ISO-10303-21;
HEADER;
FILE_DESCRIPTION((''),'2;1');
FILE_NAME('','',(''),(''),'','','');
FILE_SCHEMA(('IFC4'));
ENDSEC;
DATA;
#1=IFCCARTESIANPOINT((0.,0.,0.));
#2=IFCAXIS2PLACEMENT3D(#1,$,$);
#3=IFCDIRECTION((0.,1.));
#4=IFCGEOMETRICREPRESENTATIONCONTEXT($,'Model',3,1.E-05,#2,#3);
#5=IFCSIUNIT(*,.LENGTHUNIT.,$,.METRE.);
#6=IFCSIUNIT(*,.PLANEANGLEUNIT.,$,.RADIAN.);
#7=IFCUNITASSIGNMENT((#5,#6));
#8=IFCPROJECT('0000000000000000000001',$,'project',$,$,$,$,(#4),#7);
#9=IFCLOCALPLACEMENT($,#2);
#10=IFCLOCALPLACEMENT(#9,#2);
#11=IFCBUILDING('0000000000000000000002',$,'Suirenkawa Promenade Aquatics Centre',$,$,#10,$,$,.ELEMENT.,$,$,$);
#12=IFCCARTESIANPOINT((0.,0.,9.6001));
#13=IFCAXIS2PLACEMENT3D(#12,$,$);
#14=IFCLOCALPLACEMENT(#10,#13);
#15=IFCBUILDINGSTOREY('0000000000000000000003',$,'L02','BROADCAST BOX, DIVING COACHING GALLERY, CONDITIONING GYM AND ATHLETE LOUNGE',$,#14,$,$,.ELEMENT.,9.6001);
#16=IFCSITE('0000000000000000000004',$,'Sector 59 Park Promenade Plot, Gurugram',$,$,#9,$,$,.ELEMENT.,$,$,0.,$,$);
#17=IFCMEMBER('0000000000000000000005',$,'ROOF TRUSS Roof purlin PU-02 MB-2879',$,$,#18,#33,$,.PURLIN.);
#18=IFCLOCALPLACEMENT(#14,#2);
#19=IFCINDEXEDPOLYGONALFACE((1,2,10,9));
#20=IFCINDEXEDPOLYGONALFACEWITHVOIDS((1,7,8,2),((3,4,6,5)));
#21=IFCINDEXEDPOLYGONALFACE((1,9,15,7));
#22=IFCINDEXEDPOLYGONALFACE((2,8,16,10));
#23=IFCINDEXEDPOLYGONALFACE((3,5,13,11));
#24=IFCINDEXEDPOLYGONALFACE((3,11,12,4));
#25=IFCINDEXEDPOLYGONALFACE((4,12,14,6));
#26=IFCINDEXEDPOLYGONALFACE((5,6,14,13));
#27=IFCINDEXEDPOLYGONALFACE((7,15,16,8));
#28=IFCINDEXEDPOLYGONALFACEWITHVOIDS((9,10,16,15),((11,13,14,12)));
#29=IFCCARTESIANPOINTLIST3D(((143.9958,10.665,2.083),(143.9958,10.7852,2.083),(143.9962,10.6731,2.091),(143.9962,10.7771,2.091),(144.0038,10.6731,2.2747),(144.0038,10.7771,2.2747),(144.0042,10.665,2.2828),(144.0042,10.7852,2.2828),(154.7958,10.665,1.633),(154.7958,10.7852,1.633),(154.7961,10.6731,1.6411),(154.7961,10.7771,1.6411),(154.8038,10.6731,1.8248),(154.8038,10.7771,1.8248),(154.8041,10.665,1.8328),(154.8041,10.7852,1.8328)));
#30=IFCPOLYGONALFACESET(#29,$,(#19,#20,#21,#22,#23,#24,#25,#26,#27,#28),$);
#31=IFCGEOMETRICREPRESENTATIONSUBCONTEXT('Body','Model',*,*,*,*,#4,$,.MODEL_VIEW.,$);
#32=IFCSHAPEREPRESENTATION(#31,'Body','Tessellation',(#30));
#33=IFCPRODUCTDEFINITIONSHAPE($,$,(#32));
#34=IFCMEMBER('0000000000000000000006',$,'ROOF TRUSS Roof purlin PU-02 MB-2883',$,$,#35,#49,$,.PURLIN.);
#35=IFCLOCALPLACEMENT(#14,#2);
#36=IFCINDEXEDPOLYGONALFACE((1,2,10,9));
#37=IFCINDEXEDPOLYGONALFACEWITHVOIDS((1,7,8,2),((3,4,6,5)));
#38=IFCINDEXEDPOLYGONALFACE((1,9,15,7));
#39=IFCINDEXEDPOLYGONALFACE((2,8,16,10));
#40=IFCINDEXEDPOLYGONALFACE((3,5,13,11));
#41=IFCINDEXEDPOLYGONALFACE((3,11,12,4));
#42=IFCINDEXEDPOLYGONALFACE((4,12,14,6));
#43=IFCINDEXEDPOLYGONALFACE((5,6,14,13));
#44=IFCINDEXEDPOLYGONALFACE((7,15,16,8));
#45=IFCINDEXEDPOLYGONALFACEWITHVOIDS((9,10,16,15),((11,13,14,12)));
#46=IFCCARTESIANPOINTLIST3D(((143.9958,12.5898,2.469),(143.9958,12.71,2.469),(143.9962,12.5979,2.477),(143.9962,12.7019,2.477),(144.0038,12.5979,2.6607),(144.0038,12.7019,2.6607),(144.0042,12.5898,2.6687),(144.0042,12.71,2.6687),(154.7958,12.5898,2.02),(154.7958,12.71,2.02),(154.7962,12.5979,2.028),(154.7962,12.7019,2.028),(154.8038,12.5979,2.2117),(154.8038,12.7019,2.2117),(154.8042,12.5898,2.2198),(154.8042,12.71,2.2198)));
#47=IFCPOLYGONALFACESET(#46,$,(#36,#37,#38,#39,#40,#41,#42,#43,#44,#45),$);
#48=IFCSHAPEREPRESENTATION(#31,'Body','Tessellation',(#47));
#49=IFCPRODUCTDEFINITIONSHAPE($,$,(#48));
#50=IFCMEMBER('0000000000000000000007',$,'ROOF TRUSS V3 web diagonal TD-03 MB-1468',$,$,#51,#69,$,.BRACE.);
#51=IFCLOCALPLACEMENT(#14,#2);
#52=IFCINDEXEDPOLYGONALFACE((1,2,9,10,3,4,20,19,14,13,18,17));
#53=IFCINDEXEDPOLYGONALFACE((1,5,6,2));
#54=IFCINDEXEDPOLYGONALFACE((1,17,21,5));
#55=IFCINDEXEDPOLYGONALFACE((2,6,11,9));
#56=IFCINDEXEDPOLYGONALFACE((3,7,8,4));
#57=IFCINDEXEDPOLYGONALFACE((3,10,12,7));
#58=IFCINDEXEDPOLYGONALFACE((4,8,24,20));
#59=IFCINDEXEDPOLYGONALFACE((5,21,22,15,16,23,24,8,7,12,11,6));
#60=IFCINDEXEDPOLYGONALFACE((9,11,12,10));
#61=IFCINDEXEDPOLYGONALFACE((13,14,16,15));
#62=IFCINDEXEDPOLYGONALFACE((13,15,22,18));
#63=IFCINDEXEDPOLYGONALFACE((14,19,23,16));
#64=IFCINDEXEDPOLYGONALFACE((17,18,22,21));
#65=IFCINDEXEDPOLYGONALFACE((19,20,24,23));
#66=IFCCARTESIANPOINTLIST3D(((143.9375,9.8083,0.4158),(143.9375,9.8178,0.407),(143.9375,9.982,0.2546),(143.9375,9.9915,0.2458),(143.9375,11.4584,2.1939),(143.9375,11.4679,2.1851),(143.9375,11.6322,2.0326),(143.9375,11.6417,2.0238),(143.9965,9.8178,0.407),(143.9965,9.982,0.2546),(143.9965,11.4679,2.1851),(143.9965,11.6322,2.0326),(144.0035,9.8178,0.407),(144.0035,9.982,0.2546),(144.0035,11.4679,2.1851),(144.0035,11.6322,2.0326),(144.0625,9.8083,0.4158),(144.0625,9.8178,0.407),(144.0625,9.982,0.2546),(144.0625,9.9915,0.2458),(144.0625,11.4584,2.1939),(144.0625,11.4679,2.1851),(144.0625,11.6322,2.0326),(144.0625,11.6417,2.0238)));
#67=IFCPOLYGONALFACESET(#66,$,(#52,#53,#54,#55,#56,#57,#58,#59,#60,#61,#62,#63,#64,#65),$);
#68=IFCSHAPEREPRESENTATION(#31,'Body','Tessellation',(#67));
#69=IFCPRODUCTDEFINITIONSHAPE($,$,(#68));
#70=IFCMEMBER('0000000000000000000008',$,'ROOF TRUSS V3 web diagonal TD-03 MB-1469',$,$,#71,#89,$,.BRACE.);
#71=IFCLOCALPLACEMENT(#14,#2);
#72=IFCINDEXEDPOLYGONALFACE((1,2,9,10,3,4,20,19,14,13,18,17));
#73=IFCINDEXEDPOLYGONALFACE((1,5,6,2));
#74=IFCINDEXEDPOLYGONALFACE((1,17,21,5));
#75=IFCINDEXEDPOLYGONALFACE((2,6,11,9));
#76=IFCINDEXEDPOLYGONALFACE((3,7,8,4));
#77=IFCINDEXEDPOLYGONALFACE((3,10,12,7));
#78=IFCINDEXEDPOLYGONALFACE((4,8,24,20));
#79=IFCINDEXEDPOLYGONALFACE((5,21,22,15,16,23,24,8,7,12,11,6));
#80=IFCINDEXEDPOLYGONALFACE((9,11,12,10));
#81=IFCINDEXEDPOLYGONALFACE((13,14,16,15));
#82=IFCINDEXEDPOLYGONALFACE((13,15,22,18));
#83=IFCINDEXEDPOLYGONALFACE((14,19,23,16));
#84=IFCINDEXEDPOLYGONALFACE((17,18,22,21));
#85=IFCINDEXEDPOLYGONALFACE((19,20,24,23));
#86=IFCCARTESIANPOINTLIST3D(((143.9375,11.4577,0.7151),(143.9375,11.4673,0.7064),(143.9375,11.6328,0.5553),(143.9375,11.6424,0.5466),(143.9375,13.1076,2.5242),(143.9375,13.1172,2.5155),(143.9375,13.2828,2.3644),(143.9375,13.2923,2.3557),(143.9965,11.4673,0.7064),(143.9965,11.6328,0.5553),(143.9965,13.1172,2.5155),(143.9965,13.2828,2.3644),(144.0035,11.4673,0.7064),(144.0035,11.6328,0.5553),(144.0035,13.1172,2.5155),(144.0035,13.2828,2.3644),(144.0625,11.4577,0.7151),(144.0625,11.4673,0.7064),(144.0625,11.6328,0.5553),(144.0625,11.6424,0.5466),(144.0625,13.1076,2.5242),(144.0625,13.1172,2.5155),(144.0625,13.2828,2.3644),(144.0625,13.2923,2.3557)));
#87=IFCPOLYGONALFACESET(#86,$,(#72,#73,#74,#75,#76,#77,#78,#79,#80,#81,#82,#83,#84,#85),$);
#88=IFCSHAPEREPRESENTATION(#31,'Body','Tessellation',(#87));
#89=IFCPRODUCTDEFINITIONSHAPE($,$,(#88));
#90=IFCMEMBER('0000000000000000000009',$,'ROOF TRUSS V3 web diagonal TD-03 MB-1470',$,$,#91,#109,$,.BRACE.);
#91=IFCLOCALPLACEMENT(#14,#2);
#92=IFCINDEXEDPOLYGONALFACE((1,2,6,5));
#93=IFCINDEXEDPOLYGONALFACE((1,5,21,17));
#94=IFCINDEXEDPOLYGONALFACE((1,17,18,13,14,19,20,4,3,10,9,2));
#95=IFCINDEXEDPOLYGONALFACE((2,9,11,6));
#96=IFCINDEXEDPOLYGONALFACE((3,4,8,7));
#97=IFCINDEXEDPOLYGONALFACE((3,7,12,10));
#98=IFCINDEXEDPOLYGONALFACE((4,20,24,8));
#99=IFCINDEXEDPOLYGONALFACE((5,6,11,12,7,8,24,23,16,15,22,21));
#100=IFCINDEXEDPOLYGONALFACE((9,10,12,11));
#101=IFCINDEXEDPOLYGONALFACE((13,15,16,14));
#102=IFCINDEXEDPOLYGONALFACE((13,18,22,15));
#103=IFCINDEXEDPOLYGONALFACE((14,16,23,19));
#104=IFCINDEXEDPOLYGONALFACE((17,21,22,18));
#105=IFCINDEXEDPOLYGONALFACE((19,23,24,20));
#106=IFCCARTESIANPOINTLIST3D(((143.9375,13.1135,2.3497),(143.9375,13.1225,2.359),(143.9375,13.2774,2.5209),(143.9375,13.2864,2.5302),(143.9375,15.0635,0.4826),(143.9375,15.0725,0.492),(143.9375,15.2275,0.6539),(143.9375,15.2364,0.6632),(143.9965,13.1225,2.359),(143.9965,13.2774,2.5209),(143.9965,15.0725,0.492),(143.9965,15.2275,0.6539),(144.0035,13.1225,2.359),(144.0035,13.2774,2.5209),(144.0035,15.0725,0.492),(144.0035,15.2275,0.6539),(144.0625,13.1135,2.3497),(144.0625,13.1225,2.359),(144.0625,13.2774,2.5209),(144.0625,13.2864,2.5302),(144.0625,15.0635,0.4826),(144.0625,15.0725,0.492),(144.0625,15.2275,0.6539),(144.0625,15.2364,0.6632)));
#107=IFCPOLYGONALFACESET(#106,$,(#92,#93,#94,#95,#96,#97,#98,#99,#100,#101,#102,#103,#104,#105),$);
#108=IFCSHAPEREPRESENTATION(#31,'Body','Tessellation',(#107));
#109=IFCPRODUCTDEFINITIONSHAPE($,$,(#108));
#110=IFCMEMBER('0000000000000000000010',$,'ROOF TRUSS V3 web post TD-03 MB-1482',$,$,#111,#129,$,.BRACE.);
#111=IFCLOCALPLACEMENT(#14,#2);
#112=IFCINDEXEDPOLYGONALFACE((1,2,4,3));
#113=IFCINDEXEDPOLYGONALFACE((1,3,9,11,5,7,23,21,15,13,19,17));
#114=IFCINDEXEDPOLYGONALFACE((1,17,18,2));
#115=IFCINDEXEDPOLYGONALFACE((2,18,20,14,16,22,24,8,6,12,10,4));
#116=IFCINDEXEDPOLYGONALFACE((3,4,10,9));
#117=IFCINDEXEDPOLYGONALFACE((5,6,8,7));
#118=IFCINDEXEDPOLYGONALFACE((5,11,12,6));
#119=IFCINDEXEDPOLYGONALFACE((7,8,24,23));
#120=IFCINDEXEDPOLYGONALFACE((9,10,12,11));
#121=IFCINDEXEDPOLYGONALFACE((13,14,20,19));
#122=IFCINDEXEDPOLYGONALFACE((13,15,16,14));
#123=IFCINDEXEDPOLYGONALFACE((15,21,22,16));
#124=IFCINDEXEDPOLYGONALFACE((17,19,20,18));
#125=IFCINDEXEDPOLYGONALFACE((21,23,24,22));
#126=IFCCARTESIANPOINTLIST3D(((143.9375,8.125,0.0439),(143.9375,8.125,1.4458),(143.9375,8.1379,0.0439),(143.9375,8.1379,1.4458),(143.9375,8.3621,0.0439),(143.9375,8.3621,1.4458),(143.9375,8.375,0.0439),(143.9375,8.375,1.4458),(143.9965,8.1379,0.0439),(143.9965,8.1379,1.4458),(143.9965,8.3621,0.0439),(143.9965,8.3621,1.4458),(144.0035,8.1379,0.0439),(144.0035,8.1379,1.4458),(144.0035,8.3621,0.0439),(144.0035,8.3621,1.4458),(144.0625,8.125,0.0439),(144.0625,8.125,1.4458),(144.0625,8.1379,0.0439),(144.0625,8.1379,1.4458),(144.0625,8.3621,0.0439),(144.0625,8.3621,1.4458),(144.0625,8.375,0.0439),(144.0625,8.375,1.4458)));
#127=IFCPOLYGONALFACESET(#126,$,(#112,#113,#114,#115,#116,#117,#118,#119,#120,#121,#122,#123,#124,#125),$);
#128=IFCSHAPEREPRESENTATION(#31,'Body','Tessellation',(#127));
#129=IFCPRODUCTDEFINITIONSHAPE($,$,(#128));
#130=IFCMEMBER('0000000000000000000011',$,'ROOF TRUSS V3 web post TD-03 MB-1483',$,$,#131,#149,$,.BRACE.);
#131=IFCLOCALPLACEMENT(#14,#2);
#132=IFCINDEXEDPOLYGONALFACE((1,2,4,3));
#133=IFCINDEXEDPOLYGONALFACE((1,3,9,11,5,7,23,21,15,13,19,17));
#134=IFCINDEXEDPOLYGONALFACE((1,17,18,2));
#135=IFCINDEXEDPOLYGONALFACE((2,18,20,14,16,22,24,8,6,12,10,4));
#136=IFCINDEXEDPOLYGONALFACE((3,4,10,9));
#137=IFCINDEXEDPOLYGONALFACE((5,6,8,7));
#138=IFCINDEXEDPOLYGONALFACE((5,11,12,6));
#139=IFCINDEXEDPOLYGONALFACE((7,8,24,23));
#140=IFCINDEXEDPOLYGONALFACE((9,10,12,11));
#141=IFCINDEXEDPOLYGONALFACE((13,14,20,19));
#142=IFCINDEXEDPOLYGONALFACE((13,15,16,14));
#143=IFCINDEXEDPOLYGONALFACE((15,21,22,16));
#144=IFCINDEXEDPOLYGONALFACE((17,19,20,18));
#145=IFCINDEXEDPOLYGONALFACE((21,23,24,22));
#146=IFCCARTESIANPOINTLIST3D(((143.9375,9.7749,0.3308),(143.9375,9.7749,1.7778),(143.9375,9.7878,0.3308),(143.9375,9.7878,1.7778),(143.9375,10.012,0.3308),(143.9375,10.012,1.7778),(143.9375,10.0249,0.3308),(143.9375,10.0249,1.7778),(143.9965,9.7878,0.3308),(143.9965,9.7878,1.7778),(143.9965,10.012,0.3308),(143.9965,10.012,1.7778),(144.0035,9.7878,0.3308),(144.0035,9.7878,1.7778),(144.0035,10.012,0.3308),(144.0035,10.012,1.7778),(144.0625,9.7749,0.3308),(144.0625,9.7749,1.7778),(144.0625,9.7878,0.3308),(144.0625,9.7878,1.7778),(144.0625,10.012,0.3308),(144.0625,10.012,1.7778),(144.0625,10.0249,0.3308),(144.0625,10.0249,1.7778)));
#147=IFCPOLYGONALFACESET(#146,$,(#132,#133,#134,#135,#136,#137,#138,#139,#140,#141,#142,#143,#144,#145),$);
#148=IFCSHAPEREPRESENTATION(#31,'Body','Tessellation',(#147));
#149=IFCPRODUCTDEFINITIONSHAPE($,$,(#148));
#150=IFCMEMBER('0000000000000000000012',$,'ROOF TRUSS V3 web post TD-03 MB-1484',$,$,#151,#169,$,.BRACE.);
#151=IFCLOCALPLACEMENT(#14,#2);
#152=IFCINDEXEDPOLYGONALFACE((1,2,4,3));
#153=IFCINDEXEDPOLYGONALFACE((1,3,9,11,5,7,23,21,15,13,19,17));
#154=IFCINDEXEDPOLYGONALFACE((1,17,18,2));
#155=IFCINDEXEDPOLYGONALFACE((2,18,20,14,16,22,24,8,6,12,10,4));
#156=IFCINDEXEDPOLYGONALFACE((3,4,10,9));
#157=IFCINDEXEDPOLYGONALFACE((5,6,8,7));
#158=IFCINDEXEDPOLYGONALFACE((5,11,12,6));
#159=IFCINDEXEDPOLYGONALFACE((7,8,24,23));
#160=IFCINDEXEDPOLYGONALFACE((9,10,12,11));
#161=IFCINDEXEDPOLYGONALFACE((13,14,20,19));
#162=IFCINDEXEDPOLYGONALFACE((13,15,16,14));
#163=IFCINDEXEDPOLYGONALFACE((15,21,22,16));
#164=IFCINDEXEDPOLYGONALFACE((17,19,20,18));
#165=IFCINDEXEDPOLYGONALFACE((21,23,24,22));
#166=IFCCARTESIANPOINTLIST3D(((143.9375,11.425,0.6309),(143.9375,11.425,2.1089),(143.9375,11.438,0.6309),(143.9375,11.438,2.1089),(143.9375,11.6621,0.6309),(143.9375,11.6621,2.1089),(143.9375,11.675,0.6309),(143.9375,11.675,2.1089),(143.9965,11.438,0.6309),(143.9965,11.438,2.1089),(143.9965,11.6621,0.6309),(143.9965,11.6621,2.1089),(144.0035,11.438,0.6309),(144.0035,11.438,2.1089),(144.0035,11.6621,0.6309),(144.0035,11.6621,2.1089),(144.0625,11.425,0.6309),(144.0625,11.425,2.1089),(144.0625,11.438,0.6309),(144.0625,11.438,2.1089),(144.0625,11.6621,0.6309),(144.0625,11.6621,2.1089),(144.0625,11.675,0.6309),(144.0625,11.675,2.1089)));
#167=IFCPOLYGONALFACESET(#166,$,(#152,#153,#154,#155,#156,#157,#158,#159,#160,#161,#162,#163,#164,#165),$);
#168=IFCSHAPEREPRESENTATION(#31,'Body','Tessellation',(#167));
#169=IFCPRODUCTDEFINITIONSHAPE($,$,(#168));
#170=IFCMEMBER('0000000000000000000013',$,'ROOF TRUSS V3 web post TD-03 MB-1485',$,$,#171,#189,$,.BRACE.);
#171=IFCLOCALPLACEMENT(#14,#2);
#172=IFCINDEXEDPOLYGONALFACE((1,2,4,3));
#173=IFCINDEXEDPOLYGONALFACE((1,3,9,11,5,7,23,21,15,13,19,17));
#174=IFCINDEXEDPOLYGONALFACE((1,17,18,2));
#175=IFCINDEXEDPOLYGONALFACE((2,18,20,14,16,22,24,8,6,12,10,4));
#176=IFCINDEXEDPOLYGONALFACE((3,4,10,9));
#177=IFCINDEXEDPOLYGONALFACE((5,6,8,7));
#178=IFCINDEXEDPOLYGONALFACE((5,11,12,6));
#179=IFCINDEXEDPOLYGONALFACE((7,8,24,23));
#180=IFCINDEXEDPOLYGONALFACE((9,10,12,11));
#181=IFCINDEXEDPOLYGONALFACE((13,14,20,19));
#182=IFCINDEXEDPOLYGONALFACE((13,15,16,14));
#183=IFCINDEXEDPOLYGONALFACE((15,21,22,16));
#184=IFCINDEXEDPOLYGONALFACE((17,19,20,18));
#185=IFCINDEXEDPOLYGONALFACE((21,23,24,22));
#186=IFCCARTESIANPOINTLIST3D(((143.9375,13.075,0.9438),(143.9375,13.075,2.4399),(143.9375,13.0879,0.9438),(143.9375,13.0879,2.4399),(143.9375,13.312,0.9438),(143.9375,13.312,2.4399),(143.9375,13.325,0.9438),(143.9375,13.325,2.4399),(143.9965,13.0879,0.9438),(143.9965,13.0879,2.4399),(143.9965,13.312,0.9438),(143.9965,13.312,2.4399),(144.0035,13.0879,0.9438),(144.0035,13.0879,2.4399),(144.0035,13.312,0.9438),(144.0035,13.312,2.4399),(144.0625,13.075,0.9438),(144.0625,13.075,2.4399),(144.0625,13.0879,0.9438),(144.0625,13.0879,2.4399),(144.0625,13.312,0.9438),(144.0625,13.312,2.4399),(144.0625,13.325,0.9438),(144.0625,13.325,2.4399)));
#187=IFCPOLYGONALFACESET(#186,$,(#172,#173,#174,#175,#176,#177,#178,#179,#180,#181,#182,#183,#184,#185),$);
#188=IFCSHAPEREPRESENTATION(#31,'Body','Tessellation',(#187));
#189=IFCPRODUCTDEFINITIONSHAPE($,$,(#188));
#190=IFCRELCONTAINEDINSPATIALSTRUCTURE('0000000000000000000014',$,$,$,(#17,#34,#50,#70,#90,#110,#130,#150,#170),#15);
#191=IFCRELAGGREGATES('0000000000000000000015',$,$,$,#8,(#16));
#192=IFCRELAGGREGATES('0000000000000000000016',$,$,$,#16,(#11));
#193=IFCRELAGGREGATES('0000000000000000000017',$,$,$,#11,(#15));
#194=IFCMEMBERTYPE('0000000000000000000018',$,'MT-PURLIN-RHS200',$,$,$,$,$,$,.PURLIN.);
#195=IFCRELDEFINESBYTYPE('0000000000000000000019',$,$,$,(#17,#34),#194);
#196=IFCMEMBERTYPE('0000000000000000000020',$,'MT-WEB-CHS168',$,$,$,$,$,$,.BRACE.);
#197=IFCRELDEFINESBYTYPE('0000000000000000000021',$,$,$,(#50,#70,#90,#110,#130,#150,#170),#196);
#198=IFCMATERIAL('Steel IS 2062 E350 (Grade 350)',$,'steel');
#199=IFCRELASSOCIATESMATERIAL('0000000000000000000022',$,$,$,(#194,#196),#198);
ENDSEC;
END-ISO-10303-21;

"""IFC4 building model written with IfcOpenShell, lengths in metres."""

from ifc_helpers import new_model, si_unit, direction, frame, origin, origin_2d, place, context, subcontext, project, spatial, hollow_rectangle, i_section, extrude, material, material_profile, profile_set, type_object, element, save


model = new_model("IFC4")

# Units and contexts
model_context = context("Model", 3, precision=1e-05, world=origin(), true_north=direction((0.0, 1.0)))
body_context = subcontext(model_context, "Body", "Model", "MODEL_VIEW")
ifc_project = project(units=[si_unit("LENGTHUNIT", "METRE"), si_unit("PLANEANGLEUNIT", "RADIAN")], contexts=[model_context])

# Site, building, storey
site_placement = place(None, origin())
site = spatial("IfcSite", under=ifc_project, at=site_placement, Name="Sector 59 Park Promenade Plot, Gurugram", CompositionType="ELEMENT", RefElevation=0.0)
building_placement = place(site_placement, origin())
building = spatial("IfcBuilding", under=site, at=building_placement, Name="Suirenkawa Promenade Aquatics Centre", CompositionType="ELEMENT")
storey_placement = place(building_placement, frame((0.0, 0.0, 9.6001)))
storey = spatial("IfcBuildingStorey", under=building, at=storey_placement, Name="L02", Description="BROADCAST BOX, DIVING COACHING GALLERY, CONDITIONING GYM AND ATHLETE LOUNGE", CompositionType="ELEMENT", Elevation=9.6001)

# Shared definitions
ifc_material_1 = material(Name="Steel IS 2062 E350 (Grade 350)", Category="steel")

# Members
ifc_material_profile_1 = material_profile(ifc_material_1, hollow_rectangle(XDim=0.1201, YDim=0.2, WallThickness=0.0081, at=origin_2d()), Name="RHS 200x120x8", Category="steel")
ifc_profile_set_1 = profile_set([ifc_material_profile_1], Name="Steel IS 2062 E350 (Grade 350)")
member_type_1 = type_object("IfcMemberType", Name="MT-PURLIN-RHS200", PredefinedType="PURLIN", material=ifc_profile_set_1)
for number, where, z_axis, x_axis, name in (
    (1, (144.0, 10.7251, 2.1829), (0.999133, 0.0, -0.041626), (0.0, 1.0, 0.0), "ROOF TRUSS Roof purlin PU-02 MB-2879"),
    (2, (144.0, 12.6499, 2.5688), (0.999137, 0.0, -0.041536), (0.0, 1.0, 0.0), "ROOF TRUSS Roof purlin PU-02 MB-2883"),
):
    element("IfcMember", number, at=place(storey_placement, frame(where, z_axis=z_axis, x_axis=x_axis)), inside=storey, type_object=member_type_1, Name=name, PredefinedType="PURLIN", context=body_context, shape_type="SweptSolid", body=[
        extrude(hollow_rectangle(XDim=0.1201, YDim=0.2, WallThickness=0.0081, at=origin_2d()), origin(), (0.0, 0.0, 1.0), 10.8093),
    ])
ifc_material_profile_2 = material_profile(ifc_material_1, i_section(OverallWidth=0.125, OverallDepth=0.25, WebThickness=0.0071, FlangeThickness=0.0129, at=origin_2d()), Name="ISMB 250", Category="steel")
ifc_profile_set_2 = profile_set([ifc_material_profile_2], Name="Steel IS 2062 E350 (Grade 350)")
member_type_2 = type_object("IfcMemberType", Name="MT-WEB-CHS168", PredefinedType="BRACE", material=ifc_profile_set_2)
member_1_placement = place(storey_placement, frame((144.0, 9.8999, 0.3308), z_axis=(0.0, 0.680246, 0.732983), x_axis=(-1.0, 0.0, 0.0)))
element("IfcMember", 3, at=member_1_placement, inside=storey, type_object=member_type_2, Name="ROOF TRUSS V3 web diagonal TD-03 MB-1468", PredefinedType="BRACE", context=body_context, shape_type="SweptSolid", body=[
    extrude(i_section(OverallWidth=0.125, OverallDepth=0.25, WebThickness=0.0071, FlangeThickness=0.0129, at=origin_2d()), origin(), (0.0, 0.0, 1.0), 2.4258),
])
member_2_placement = place(storey_placement, frame((144.0, 11.55, 0.6309), z_axis=(0.0, 0.673853, 0.738865), x_axis=(-1.0, 0.0, 0.0)))
element("IfcMember", 4, at=member_2_placement, inside=storey, type_object=member_type_2, Name="ROOF TRUSS V3 web diagonal TD-03 MB-1469", PredefinedType="BRACE", context=body_context, shape_type="SweptSolid", body=[
    extrude(i_section(OverallWidth=0.125, OverallDepth=0.25, WebThickness=0.0071, FlangeThickness=0.0129, at=origin_2d()), origin(), (0.0, 0.0, 1.0), 2.4485),
])
member_3_placement = place(storey_placement, frame((144.0, 13.2, 2.4399), z_axis=(0.0, 0.722314, -0.691565), x_axis=(-1.0, 0.0, 0.0)))
element("IfcMember", 5, at=member_3_placement, inside=storey, type_object=member_type_2, Name="ROOF TRUSS V3 web diagonal TD-03 MB-1470", PredefinedType="BRACE", context=body_context, shape_type="SweptSolid", body=[
    extrude(i_section(OverallWidth=0.125, OverallDepth=0.25, WebThickness=0.0071, FlangeThickness=0.0129, at=origin_2d()), origin(), (0.0, 0.0, 1.0), 2.6997),
])
member_4_placement = place(storey_placement, frame((144.0, 8.25, 0.0439), z_axis=(0.0, 0.0, 1.0), x_axis=(1.0, 0.0, 0.0)))
element("IfcMember", 6, at=member_4_placement, inside=storey, type_object=member_type_2, Name="ROOF TRUSS V3 web post TD-03 MB-1482", PredefinedType="BRACE", context=body_context, shape_type="SweptSolid", body=[
    extrude(i_section(OverallWidth=0.125, OverallDepth=0.25, WebThickness=0.0071, FlangeThickness=0.0129, at=origin_2d()), origin(), (0.0, 0.0, 1.0), 1.4019),
])
member_5_placement = place(storey_placement, frame((144.0, 9.8999, 0.3308), z_axis=(0.0, 0.0, 1.0), x_axis=(1.0, 0.0, 0.0)))
element("IfcMember", 7, at=member_5_placement, inside=storey, type_object=member_type_2, Name="ROOF TRUSS V3 web post TD-03 MB-1483", PredefinedType="BRACE", context=body_context, shape_type="SweptSolid", body=[
    extrude(i_section(OverallWidth=0.125, OverallDepth=0.25, WebThickness=0.0071, FlangeThickness=0.0129, at=origin_2d()), origin(), (0.0, 0.0, 1.0), 1.447),
])
member_6_placement = place(storey_placement, frame((144.0, 11.55, 0.6309), z_axis=(0.0, 0.0, 1.0), x_axis=(1.0, 0.0, 0.0)))
element("IfcMember", 8, at=member_6_placement, inside=storey, type_object=member_type_2, Name="ROOF TRUSS V3 web post TD-03 MB-1484", PredefinedType="BRACE", context=body_context, shape_type="SweptSolid", body=[
    extrude(i_section(OverallWidth=0.125, OverallDepth=0.25, WebThickness=0.0071, FlangeThickness=0.0129, at=origin_2d()), origin(), (0.0, 0.0, 1.0), 1.478),
])
member_7_placement = place(storey_placement, frame((144.0, 13.2, 0.9438), z_axis=(0.0, 0.0, 1.0), x_axis=(1.0, 0.0, 0.0)))
element("IfcMember", 9, at=member_7_placement, inside=storey, type_object=member_type_2, Name="ROOF TRUSS V3 web post TD-03 MB-1485", PredefinedType="BRACE", context=body_context, shape_type="SweptSolid", body=[
    extrude(i_section(OverallWidth=0.125, OverallDepth=0.25, WebThickness=0.0071, FlangeThickness=0.0129, at=origin_2d()), origin(), (0.0, 0.0, 1.0), 1.4961),
])

save(model, "model.ifc")
